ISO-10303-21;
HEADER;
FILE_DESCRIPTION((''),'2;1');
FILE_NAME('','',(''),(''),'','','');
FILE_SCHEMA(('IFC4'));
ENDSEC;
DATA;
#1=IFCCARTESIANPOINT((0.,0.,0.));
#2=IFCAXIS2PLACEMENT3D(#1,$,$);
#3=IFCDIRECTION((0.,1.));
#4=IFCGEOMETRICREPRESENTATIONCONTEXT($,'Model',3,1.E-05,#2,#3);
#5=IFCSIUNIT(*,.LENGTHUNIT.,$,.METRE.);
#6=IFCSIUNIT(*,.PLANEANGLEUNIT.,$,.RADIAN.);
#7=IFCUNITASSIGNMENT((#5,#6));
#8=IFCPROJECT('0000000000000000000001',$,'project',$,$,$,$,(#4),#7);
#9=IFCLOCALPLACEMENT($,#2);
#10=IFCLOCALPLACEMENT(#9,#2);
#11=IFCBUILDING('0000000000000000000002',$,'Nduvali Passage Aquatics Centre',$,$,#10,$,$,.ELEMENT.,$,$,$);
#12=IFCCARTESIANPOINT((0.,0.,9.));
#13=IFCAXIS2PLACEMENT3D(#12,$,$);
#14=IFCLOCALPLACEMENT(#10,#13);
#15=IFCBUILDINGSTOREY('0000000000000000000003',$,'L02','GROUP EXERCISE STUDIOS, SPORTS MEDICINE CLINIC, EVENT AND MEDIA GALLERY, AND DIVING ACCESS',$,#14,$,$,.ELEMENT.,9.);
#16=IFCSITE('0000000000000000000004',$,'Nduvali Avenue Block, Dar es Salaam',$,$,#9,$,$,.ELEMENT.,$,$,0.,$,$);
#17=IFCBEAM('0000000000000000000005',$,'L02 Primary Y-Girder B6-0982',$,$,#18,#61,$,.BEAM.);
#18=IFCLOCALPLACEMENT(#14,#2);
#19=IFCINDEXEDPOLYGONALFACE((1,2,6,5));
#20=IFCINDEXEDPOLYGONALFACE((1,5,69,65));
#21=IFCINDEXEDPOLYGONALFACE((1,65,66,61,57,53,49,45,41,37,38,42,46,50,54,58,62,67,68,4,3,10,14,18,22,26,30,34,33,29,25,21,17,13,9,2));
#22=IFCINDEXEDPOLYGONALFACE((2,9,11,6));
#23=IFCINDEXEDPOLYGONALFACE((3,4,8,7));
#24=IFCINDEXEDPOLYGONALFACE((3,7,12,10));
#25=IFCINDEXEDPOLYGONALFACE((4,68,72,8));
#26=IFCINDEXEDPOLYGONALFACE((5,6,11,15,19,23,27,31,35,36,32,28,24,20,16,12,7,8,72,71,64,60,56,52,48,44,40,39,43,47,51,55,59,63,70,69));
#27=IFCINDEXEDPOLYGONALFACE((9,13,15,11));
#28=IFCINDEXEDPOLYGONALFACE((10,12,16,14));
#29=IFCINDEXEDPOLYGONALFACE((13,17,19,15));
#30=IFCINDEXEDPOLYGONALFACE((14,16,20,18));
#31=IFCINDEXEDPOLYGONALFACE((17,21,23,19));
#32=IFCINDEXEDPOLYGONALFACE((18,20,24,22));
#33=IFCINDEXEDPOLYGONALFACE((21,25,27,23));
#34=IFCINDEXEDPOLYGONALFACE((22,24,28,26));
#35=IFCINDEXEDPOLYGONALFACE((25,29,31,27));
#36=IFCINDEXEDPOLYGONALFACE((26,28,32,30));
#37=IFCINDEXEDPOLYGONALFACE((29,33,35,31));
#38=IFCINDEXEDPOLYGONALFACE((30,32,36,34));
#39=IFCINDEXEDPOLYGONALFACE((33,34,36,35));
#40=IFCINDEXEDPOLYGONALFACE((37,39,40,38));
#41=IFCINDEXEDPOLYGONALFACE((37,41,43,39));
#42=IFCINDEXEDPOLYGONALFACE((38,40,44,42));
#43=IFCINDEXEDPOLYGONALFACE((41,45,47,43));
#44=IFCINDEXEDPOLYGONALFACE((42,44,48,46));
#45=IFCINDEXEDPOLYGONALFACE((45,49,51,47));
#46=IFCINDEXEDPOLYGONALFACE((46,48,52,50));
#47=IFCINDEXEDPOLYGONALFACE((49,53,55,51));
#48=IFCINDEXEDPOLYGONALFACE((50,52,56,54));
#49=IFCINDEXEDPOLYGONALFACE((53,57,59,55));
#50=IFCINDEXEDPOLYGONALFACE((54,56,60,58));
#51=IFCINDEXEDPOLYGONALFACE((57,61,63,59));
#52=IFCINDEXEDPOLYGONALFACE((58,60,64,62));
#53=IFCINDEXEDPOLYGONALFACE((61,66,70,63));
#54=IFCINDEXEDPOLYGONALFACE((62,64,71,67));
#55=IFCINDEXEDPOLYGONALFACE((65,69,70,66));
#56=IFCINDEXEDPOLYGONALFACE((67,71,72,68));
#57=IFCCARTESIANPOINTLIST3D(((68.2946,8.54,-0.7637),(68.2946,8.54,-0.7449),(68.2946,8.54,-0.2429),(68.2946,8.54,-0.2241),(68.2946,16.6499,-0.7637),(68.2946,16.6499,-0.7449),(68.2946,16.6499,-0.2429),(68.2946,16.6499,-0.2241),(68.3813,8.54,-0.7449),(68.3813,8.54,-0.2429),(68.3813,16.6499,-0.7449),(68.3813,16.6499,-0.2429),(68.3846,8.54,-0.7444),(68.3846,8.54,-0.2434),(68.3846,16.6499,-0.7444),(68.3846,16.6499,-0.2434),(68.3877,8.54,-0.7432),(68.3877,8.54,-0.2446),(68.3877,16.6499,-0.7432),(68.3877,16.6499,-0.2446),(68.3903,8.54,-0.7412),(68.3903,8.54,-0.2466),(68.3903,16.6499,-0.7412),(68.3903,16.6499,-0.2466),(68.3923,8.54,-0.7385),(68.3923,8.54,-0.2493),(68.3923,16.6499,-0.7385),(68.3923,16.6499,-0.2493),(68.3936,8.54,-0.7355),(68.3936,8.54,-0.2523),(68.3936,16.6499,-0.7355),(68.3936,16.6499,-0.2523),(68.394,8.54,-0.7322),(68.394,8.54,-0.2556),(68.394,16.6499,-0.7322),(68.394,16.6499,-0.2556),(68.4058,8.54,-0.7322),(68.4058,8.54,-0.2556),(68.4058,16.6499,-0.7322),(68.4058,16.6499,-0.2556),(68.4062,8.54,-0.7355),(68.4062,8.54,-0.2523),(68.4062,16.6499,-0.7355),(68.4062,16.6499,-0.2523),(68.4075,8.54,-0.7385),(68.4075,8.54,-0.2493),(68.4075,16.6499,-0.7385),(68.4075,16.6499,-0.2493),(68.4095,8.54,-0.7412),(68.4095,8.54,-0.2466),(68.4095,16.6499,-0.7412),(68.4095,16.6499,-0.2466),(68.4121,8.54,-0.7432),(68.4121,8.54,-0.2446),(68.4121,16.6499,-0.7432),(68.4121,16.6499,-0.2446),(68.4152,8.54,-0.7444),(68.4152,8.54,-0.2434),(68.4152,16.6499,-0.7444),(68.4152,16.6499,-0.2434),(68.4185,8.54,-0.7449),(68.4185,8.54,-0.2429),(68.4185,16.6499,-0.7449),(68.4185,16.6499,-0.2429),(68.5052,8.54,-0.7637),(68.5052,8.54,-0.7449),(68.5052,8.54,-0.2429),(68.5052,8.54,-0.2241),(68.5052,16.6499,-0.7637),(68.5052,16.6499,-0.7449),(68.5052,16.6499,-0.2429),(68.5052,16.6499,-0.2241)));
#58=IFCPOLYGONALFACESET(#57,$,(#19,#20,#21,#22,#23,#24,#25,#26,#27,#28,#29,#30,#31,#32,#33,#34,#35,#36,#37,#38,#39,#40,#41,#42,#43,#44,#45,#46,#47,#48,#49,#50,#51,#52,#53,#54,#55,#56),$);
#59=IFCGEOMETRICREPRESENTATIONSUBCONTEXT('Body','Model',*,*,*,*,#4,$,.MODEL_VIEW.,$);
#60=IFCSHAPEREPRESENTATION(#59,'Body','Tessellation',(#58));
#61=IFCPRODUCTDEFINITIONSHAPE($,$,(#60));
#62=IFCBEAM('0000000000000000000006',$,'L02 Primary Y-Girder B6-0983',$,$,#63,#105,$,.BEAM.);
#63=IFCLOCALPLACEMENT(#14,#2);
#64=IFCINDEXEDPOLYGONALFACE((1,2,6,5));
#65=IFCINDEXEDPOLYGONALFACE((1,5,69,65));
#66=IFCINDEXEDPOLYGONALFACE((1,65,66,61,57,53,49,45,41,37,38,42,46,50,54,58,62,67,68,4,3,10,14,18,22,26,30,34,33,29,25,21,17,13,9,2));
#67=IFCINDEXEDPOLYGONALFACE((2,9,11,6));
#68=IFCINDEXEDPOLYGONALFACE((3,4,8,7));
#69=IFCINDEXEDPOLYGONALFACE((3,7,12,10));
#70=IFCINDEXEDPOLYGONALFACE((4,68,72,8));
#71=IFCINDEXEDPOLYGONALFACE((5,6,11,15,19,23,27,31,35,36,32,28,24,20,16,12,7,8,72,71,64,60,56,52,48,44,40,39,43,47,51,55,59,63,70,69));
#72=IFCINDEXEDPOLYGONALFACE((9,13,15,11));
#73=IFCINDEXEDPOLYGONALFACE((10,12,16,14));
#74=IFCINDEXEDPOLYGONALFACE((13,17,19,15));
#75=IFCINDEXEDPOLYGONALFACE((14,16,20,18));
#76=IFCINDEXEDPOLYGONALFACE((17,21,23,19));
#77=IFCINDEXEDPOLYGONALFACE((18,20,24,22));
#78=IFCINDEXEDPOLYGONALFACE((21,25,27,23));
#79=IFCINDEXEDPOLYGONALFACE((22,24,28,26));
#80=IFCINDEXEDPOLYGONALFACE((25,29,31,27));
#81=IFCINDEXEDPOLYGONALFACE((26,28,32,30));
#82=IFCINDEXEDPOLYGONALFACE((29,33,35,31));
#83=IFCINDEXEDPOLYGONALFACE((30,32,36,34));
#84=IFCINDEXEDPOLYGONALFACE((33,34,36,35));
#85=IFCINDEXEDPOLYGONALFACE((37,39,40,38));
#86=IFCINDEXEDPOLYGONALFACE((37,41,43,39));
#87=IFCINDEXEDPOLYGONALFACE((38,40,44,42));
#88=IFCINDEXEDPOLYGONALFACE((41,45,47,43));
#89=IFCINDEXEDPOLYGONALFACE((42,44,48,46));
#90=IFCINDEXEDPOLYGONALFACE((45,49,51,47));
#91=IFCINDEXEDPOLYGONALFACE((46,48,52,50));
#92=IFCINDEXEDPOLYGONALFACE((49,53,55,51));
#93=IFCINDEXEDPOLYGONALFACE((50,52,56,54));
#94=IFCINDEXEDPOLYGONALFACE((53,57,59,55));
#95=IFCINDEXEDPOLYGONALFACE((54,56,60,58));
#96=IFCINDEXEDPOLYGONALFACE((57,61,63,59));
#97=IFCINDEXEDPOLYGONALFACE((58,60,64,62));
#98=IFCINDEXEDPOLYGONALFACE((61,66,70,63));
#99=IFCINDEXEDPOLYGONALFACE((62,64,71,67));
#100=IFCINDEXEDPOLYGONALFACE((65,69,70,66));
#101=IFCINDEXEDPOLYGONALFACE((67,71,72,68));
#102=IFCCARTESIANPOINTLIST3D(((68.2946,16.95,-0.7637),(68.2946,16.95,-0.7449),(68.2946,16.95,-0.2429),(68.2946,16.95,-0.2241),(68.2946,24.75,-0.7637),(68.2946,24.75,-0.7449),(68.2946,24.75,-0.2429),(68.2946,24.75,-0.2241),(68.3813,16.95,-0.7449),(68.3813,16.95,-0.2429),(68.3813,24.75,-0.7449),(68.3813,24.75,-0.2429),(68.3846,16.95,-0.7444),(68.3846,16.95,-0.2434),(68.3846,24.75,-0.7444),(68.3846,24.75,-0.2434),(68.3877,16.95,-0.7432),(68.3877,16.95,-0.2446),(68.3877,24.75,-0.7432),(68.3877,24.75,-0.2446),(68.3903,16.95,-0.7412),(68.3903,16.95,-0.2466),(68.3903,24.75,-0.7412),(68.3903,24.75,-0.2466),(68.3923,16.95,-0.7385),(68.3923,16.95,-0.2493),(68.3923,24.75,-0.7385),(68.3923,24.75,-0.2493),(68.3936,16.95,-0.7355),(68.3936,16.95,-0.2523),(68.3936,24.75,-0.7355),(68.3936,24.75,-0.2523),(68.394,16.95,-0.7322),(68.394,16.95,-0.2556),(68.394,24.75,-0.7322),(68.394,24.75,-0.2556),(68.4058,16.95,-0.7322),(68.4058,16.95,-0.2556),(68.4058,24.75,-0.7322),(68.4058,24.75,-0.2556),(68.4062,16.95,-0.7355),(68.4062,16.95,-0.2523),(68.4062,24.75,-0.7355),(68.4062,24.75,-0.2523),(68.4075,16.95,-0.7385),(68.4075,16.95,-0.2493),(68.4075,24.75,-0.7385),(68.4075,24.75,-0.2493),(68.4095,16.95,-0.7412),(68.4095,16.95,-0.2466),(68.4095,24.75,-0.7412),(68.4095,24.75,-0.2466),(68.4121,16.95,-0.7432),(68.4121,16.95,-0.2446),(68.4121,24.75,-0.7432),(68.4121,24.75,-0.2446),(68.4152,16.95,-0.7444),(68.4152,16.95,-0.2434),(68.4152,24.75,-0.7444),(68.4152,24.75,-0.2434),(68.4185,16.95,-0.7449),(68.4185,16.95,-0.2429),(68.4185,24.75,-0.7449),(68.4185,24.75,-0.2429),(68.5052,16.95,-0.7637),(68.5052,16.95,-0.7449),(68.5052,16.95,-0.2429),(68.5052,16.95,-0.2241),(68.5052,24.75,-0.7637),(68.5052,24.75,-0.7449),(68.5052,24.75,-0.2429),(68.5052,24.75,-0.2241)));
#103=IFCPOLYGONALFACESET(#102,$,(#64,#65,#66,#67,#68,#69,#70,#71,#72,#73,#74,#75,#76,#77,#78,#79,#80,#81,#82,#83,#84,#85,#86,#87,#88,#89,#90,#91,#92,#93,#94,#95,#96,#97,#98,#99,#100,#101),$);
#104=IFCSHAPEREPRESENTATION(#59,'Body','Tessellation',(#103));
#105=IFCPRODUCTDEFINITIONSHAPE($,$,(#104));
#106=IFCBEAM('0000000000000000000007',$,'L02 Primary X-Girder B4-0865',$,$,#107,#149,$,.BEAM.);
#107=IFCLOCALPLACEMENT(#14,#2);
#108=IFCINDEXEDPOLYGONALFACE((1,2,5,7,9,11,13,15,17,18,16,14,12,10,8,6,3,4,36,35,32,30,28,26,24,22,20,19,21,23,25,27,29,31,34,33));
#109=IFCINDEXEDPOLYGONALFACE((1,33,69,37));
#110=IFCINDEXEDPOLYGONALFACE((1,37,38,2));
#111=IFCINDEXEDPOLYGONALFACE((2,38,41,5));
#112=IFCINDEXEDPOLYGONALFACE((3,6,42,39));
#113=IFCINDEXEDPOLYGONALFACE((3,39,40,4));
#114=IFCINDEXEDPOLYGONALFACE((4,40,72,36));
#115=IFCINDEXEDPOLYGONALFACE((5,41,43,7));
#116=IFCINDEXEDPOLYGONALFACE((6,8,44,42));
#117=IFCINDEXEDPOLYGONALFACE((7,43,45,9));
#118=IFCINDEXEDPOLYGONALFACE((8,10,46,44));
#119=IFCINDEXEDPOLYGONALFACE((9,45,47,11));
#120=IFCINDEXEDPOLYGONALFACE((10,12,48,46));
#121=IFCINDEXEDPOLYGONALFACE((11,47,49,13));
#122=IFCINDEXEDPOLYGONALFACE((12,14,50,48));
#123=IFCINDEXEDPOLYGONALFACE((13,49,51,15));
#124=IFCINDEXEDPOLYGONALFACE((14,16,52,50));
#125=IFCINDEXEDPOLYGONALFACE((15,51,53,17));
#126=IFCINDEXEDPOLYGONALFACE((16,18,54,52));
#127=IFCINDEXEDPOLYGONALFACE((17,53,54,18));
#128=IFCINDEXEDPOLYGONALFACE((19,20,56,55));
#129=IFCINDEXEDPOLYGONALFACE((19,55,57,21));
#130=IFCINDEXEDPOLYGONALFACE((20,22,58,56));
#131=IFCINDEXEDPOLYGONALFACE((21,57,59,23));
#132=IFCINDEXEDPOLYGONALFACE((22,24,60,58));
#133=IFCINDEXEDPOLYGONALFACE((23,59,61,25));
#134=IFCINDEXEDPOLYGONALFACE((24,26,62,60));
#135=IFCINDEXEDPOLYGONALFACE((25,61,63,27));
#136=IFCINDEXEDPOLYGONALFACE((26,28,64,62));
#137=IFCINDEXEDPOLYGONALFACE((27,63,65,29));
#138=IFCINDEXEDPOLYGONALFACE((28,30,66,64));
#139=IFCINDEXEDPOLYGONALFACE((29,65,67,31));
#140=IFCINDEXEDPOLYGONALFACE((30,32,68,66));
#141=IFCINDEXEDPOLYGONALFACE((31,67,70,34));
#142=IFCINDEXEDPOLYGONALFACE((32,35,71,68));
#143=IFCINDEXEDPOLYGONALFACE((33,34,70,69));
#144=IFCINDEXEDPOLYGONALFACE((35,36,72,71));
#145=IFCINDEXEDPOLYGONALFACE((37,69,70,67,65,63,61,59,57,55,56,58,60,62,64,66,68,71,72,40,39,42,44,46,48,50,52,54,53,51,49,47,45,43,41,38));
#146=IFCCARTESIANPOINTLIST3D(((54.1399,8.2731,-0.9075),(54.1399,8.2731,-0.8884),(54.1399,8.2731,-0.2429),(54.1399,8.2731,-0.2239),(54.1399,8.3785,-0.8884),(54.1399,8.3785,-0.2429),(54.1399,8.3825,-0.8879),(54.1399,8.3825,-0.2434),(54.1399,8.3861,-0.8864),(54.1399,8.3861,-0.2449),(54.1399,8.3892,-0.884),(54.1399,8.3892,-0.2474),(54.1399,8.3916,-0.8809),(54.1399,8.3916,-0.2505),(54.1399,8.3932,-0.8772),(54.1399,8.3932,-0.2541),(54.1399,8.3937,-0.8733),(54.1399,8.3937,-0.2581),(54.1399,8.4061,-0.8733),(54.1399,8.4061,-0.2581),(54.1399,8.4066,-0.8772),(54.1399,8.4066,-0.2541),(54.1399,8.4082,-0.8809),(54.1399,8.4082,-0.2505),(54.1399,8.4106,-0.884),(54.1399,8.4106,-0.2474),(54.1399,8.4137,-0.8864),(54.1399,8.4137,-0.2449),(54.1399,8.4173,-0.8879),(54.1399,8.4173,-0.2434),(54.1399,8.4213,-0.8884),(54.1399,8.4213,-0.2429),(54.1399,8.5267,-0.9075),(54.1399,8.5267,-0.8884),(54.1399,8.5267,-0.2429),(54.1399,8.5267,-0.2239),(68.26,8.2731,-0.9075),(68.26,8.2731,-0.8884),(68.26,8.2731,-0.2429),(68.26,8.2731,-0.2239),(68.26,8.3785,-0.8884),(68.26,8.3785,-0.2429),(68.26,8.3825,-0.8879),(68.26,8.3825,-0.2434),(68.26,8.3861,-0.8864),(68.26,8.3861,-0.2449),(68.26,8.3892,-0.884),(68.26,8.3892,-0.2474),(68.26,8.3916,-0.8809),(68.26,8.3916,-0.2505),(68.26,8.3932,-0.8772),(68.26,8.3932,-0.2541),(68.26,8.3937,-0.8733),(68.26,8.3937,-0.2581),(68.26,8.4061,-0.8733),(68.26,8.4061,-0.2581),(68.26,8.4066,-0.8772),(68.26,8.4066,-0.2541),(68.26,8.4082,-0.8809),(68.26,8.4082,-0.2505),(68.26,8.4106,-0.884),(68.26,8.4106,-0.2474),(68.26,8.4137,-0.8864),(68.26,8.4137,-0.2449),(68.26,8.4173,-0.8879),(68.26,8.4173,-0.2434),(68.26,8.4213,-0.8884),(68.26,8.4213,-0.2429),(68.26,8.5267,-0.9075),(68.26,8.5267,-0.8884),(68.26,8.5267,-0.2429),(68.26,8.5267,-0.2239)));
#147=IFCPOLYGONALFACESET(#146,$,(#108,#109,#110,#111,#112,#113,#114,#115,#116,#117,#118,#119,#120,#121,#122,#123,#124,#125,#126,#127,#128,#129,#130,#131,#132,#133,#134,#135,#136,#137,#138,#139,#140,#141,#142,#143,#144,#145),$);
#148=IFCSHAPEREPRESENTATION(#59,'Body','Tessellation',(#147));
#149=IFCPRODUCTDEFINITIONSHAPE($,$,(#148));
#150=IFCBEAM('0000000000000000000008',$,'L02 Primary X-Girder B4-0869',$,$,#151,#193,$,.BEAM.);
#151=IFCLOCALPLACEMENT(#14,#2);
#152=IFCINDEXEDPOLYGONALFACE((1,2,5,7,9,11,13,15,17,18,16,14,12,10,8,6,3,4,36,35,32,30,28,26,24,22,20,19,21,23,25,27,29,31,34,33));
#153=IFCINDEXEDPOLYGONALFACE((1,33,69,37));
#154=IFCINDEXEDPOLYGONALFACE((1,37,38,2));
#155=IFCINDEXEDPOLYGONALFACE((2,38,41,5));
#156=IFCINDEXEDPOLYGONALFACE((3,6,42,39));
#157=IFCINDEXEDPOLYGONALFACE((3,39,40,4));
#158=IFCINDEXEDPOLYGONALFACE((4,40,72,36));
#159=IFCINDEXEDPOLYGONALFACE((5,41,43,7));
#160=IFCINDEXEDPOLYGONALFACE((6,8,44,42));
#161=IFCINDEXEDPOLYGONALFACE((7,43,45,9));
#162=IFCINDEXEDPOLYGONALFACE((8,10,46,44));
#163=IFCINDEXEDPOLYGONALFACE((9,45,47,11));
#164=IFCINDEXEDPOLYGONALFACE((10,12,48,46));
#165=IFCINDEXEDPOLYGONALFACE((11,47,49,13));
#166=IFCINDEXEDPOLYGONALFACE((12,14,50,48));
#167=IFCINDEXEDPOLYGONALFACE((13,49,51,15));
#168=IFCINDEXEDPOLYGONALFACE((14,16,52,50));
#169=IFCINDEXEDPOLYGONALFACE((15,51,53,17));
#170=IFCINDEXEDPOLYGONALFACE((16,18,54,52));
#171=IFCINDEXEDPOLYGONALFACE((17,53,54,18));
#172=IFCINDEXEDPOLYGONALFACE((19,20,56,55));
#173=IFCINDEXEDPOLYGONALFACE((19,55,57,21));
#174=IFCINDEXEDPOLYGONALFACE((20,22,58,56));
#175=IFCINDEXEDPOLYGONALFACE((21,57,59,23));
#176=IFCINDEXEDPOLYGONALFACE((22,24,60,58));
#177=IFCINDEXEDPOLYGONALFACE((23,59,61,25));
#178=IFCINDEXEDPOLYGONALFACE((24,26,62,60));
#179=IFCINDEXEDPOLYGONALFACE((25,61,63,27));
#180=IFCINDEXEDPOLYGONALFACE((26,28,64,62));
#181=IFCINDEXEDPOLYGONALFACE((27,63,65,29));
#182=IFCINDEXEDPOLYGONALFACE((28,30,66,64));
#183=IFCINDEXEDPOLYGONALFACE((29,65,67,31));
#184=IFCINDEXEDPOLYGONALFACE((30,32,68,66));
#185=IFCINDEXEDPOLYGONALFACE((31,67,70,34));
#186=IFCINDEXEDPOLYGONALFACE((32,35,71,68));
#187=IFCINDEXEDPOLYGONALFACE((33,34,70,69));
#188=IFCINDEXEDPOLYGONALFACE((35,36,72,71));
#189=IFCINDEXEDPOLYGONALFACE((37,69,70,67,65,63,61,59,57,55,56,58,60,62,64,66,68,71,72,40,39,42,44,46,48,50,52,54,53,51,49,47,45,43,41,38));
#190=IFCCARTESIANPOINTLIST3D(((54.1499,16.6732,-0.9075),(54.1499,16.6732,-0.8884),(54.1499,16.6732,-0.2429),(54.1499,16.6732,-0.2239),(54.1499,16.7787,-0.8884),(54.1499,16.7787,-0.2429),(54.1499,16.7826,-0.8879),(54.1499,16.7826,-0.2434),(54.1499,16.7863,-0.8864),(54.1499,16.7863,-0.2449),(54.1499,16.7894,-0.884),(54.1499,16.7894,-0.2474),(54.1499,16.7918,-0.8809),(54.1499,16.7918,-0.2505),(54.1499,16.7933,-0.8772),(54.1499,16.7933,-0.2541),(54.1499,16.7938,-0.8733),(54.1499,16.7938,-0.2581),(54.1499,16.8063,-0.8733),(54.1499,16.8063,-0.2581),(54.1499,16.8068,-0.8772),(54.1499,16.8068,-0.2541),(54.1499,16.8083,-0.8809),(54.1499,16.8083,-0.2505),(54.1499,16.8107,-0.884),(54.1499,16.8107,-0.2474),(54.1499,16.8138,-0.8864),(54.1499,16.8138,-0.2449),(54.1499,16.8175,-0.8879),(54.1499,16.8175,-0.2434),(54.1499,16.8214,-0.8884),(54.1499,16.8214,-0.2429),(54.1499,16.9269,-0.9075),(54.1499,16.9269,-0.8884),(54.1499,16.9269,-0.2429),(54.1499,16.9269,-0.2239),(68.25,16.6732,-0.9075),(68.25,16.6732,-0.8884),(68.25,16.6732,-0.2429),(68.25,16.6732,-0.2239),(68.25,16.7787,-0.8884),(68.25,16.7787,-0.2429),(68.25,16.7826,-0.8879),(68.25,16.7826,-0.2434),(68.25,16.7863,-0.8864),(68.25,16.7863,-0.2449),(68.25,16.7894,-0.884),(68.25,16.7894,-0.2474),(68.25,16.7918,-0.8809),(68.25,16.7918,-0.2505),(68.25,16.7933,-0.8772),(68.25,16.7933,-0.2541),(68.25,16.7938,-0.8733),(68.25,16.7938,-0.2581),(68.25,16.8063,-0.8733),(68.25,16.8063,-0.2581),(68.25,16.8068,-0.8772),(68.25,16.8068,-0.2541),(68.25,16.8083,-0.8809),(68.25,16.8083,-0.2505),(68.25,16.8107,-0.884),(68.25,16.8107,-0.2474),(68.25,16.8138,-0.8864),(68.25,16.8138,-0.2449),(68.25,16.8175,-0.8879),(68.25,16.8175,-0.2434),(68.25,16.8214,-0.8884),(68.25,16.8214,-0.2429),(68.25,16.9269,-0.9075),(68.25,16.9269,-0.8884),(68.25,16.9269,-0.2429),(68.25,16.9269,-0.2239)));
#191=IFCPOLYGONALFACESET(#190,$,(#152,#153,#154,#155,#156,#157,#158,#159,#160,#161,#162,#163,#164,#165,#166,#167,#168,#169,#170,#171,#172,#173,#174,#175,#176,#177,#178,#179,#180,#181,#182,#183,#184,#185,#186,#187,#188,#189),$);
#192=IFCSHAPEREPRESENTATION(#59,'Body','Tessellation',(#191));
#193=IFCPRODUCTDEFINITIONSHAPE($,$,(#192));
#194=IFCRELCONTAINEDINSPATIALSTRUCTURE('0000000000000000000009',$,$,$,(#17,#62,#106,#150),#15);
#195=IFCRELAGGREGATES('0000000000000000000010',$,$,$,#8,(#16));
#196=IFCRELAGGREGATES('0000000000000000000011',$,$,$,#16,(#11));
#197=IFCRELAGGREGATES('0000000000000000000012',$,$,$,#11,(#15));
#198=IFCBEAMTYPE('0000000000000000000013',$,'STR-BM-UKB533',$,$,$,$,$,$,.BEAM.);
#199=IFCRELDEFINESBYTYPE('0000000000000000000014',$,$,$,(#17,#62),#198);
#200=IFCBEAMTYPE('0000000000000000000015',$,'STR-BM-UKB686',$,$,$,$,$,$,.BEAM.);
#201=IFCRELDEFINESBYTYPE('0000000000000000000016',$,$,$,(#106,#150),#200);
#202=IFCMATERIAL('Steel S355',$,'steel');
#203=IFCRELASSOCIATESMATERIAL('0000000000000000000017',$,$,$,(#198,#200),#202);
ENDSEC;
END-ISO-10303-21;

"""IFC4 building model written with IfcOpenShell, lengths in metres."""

from ifc_helpers import new_model, si_unit, direction, frame, origin, origin_2d, place, context, subcontext, project, spatial, i_section, extrude, material, material_profile, profile_set, type_object, element, save


model = new_model("IFC4")

# Units and contexts
model_context = context("Model", 3, precision=1e-05, world=origin(), true_north=direction((0.0, 1.0)))
body_context = subcontext(model_context, "Body", "Model", "MODEL_VIEW")
ifc_project = project(units=[si_unit("LENGTHUNIT", "METRE"), si_unit("PLANEANGLEUNIT", "RADIAN")], contexts=[model_context])

# Site, building, storey
site_placement = place(None, origin())
site = spatial("IfcSite", under=ifc_project, at=site_placement, Name="Nduvali Avenue Block, Dar es Salaam", CompositionType="ELEMENT", RefElevation=0.0)
building_placement = place(site_placement, origin())
building = spatial("IfcBuilding", under=site, at=building_placement, Name="Nduvali Passage Aquatics Centre", CompositionType="ELEMENT")
storey_placement = place(building_placement, frame((0.0, 0.0, 9.0)))
storey = spatial("IfcBuildingStorey", under=building, at=storey_placement, Name="L02", Description="GROUP EXERCISE STUDIOS, SPORTS MEDICINE CLINIC, EVENT AND MEDIA GALLERY, AND DIVING ACCESS", CompositionType="ELEMENT", Elevation=9.0)

# Beams
ifc_material = material(Name="Steel S355", Category="steel")
ifc_material_profile_1 = material_profile(ifc_material, i_section(OverallWidth=0.2107, OverallDepth=0.5396, WebThickness=0.0117, FlangeThickness=0.0188, FilletRadius=0.0127, at=origin_2d()), Name="UKB 533x210x109")
ifc_profile_set_1 = profile_set([ifc_material_profile_1], Name="Steel S355")
beam_type_1 = type_object("IfcBeamType", Name="STR-BM-UKB533", PredefinedType="BEAM", material=ifc_profile_set_1)
beam_1_placement = place(storey_placement, frame((68.3999, 8.54, -0.4939), z_axis=(0.0, 1.0, 0.0), x_axis=(-1.0, 0.0, 0.0)))
element("IfcBeam", 1, at=beam_1_placement, inside=storey, type_object=beam_type_1, Name="L02 Primary Y-Girder B6-0982", PredefinedType="BEAM", context=body_context, shape_type="SweptSolid", body=[
    extrude(i_section(OverallWidth=0.2107, OverallDepth=0.5396, WebThickness=0.0117, FlangeThickness=0.0188, FilletRadius=0.0127, at=origin_2d()), origin(), (0.0, 0.0, 1.0), 8.1099),
])
beam_2_placement = place(storey_placement, frame((68.3999, 16.95, -0.4939), z_axis=(0.0, 1.0, 0.0), x_axis=(-1.0, 0.0, 0.0)))
element("IfcBeam", 2, at=beam_2_placement, inside=storey, type_object=beam_type_1, Name="L02 Primary Y-Girder B6-0983", PredefinedType="BEAM", context=body_context, shape_type="SweptSolid", body=[
    extrude(i_section(OverallWidth=0.2107, OverallDepth=0.5396, WebThickness=0.0117, FlangeThickness=0.0188, FilletRadius=0.0127, at=origin_2d()), origin(), (0.0, 0.0, 1.0), 7.8),
])
ifc_material_profile_2 = material_profile(ifc_material, i_section(OverallWidth=0.2537, OverallDepth=0.6836, WebThickness=0.0125, FlangeThickness=0.019, FilletRadius=0.0151, at=origin_2d()), Name="UKB 686x254x140")
ifc_profile_set_2 = profile_set([ifc_material_profile_2], Name="Steel S355")
beam_type_2 = type_object("IfcBeamType", Name="STR-BM-UKB686", PredefinedType="BEAM", material=ifc_profile_set_2)
beam_3_placement = place(storey_placement, frame((54.1399, 8.3999, -0.5657), z_axis=(1.0, 0.0, 0.0), x_axis=(0.0, 1.0, 0.0)))
element("IfcBeam", 3, at=beam_3_placement, inside=storey, type_object=beam_type_2, Name="L02 Primary X-Girder B4-0865", PredefinedType="BEAM", context=body_context, shape_type="SweptSolid", body=[
    extrude(i_section(OverallWidth=0.2537, OverallDepth=0.6836, WebThickness=0.0125, FlangeThickness=0.019, FilletRadius=0.0151, at=origin_2d()), origin(), (0.0, 0.0, 1.0), 14.1201),
])
beam_4_placement = place(storey_placement, frame((54.1499, 16.8, -0.5657), z_axis=(1.0, 0.0, 0.0), x_axis=(0.0, 1.0, 0.0)))
element("IfcBeam", 4, at=beam_4_placement, inside=storey, type_object=beam_type_2, Name="L02 Primary X-Girder B4-0869", PredefinedType="BEAM", context=body_context, shape_type="SweptSolid", body=[
    extrude(i_section(OverallWidth=0.2537, OverallDepth=0.6836, WebThickness=0.0125, FlangeThickness=0.019, FilletRadius=0.0151, at=origin_2d()), origin(), (0.0, 0.0, 1.0), 14.1001),
])

save(model, "model.ifc")
